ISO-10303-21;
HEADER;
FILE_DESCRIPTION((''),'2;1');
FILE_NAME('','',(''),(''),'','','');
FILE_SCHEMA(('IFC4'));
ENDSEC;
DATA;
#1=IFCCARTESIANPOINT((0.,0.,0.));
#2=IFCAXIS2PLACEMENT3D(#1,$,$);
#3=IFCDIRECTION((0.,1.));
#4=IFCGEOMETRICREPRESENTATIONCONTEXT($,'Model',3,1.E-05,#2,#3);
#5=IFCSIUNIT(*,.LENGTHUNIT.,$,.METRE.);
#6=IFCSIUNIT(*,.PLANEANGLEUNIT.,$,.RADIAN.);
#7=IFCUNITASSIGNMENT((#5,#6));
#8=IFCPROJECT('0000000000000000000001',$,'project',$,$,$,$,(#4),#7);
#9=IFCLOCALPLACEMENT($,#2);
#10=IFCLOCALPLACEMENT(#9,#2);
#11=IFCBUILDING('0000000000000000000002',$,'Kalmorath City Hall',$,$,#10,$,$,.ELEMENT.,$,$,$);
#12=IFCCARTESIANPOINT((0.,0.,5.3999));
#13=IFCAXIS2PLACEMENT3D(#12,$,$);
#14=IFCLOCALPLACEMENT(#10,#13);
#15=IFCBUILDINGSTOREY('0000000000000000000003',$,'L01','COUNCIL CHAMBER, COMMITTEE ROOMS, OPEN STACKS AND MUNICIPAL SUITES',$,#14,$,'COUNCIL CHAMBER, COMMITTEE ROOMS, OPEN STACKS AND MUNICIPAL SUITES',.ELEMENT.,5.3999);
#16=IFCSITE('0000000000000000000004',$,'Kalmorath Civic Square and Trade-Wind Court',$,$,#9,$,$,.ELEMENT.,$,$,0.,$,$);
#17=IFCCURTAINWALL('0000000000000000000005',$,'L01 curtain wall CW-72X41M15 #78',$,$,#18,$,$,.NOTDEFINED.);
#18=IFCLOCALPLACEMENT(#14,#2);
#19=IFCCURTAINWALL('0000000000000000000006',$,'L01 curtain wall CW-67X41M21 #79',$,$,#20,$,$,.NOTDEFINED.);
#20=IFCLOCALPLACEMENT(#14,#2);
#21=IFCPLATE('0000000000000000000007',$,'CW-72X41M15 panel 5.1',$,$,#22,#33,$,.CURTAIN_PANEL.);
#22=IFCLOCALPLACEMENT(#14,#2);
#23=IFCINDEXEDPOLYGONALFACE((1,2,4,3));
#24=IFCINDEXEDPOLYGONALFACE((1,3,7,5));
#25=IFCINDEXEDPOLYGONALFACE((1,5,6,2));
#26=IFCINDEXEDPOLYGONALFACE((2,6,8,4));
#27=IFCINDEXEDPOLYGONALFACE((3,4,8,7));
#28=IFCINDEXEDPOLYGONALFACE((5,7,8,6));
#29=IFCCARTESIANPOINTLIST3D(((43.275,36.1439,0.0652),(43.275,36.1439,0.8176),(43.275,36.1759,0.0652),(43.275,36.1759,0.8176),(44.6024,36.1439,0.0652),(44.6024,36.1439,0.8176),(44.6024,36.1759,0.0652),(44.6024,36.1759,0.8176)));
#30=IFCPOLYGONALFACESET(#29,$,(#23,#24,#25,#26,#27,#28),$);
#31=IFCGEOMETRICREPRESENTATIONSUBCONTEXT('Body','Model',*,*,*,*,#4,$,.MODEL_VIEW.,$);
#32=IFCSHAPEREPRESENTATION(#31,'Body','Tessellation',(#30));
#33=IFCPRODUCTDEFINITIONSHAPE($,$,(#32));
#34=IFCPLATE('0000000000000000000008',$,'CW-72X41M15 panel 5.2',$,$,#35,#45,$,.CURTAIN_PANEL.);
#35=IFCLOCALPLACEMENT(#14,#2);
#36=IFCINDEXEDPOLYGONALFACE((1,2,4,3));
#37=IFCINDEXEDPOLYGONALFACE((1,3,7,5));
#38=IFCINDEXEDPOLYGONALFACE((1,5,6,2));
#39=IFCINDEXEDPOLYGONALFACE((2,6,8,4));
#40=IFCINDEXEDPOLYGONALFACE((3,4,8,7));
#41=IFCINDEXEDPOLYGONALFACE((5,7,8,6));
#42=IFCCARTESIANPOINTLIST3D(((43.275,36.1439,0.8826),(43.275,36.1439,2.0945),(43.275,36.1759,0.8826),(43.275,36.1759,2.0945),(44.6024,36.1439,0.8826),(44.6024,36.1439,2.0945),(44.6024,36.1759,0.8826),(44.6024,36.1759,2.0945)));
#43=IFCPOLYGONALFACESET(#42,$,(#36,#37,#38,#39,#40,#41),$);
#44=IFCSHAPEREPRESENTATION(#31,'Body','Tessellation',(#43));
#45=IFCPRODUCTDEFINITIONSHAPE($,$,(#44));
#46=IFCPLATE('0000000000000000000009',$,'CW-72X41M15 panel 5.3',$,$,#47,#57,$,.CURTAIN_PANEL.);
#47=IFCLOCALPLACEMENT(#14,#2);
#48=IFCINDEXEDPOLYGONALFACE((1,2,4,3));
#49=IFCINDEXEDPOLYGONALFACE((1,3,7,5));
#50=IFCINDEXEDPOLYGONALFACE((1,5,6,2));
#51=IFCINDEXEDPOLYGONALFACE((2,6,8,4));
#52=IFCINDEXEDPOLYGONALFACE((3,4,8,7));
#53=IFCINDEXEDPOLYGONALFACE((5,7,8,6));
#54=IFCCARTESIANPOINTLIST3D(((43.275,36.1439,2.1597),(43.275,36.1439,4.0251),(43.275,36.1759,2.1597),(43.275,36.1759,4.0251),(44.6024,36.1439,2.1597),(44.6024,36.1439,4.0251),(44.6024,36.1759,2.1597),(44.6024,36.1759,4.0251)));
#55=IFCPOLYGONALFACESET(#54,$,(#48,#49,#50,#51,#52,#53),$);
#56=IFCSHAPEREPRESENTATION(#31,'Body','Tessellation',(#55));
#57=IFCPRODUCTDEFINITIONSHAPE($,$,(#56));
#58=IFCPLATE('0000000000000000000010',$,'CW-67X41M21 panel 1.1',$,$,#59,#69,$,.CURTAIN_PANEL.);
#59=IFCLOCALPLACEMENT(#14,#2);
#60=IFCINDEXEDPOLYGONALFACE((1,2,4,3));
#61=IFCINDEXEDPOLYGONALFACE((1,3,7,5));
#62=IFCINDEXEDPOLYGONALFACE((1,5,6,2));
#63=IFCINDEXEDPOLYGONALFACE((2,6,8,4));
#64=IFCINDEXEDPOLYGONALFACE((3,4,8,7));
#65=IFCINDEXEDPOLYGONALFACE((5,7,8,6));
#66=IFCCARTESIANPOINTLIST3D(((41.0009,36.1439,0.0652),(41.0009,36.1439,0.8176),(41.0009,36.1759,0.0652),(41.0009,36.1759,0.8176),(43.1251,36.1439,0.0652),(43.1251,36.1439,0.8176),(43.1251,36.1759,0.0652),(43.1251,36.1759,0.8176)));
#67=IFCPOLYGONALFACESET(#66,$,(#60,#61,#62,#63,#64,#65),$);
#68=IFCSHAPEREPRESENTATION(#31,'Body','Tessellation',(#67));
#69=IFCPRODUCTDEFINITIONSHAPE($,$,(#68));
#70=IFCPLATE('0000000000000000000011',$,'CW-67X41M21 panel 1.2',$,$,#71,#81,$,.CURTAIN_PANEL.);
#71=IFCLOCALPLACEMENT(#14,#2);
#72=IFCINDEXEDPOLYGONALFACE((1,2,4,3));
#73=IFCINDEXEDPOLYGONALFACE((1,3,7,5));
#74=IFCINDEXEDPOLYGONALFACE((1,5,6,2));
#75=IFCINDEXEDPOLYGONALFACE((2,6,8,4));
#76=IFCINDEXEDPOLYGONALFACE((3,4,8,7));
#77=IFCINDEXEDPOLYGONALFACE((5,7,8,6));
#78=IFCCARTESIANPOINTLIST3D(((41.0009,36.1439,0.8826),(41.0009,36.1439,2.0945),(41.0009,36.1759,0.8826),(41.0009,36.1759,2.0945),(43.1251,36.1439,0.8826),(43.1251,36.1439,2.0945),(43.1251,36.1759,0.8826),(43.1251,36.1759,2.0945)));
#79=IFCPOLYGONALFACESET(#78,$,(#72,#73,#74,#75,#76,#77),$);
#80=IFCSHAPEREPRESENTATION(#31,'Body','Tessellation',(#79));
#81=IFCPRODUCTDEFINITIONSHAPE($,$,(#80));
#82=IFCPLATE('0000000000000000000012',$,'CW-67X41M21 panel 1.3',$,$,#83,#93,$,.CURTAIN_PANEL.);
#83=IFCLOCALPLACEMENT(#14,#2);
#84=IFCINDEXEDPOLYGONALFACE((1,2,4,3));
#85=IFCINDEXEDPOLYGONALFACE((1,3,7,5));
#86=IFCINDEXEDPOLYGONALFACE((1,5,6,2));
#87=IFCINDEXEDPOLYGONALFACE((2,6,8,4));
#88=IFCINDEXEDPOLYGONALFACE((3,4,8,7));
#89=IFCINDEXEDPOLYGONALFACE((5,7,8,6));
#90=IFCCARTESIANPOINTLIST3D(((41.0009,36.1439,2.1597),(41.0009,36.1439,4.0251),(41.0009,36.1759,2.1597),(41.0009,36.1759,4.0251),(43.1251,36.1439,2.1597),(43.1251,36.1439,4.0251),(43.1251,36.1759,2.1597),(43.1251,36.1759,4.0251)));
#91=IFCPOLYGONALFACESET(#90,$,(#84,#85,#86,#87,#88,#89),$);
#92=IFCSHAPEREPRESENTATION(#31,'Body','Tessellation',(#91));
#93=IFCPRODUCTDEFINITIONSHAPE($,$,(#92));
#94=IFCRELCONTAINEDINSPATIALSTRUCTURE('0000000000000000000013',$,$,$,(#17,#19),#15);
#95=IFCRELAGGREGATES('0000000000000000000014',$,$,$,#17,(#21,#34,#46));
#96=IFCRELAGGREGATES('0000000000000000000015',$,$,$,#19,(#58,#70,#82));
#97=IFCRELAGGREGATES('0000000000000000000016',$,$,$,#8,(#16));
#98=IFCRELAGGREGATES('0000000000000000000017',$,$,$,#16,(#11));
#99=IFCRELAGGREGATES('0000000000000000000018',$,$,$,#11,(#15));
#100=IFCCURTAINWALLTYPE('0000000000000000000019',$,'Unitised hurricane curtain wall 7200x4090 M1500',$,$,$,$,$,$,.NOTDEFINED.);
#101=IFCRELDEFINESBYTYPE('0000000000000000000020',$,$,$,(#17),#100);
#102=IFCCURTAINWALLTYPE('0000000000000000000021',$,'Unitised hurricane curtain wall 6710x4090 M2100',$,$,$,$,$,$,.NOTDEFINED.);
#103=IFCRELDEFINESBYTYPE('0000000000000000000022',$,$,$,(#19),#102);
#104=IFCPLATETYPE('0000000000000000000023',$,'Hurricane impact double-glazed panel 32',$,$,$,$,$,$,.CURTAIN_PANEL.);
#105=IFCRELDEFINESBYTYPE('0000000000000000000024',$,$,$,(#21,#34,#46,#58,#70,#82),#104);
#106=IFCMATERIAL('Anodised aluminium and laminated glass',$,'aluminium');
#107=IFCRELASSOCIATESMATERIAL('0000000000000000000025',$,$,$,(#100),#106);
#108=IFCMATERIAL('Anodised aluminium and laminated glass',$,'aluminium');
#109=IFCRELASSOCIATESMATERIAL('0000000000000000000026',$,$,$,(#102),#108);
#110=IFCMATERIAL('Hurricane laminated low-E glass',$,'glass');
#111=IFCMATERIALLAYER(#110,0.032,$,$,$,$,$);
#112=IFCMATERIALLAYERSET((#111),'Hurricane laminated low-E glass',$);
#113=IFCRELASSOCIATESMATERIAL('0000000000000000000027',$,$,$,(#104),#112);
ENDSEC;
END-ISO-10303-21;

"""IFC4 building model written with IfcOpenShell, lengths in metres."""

from ifc_helpers import new_model, si_unit, direction, frame, origin, origin_2d, place, context, subcontext, project, spatial, rectangle, extrude, material, layer, layer_set, type_object, element, aggregate, save


model = new_model("IFC4")

# Units and contexts
model_context = context("Model", 3, precision=1e-05, world=origin(), true_north=direction((0.0, 1.0)))
body_context = subcontext(model_context, "Body", "Model", "MODEL_VIEW")
ifc_project = project(units=[si_unit("LENGTHUNIT", "METRE"), si_unit("PLANEANGLEUNIT", "RADIAN")], contexts=[model_context])

# Site, building, storey
site_placement = place(None, origin())
site = spatial("IfcSite", under=ifc_project, at=site_placement, Name="Kalmorath Civic Square and Trade-Wind Court", CompositionType="ELEMENT", RefElevation=0.0)
building_placement = place(site_placement, origin())
building = spatial("IfcBuilding", under=site, at=building_placement, Name="Kalmorath City Hall", CompositionType="ELEMENT")
storey_placement = place(building_placement, frame((0.0, 0.0, 5.3999)))
storey = spatial("IfcBuildingStorey", under=building, at=storey_placement, Name="L01", Description="COUNCIL CHAMBER, COMMITTEE ROOMS, OPEN STACKS AND MUNICIPAL SUITES", LongName="COUNCIL CHAMBER, COMMITTEE ROOMS, OPEN STACKS AND MUNICIPAL SUITES", CompositionType="ELEMENT", Elevation=5.3999)

# Curtain wall
ifc_material_1 = material(Name="Anodised aluminium and laminated glass", Category="aluminium")
curtain_wall_type_1 = type_object("IfcCurtainWallType", Name="Unitised hurricane curtain wall 7200x4090 M1500", PredefinedType="NOTDEFINED", material=ifc_material_1)
curtain_wall_1_placement = place(storey_placement, origin())
curtain_wall_1 = element("IfcCurtainWall", 1, at=curtain_wall_1_placement, inside=storey, type_object=curtain_wall_type_1, Name="L01 curtain wall CW-72X41M15 #78", PredefinedType="NOTDEFINED")

# Curtain wall
ifc_material_2 = material(Name="Anodised aluminium and laminated glass", Category="aluminium")
curtain_wall_type_2 = type_object("IfcCurtainWallType", Name="Unitised hurricane curtain wall 6710x4090 M2100", PredefinedType="NOTDEFINED", material=ifc_material_2)
curtain_wall_2_placement = place(storey_placement, origin())
curtain_wall_2 = element("IfcCurtainWall", 2, at=curtain_wall_2_placement, inside=storey, type_object=curtain_wall_type_2, Name="L01 curtain wall CW-67X41M21 #79", PredefinedType="NOTDEFINED")

# Plates
ifc_material_3 = material(Name="Hurricane laminated low-E glass", Category="glass")
ifc_layer = layer(ifc_material_3, 0.032)
ifc_layer_set = layer_set([ifc_layer], Name="Hurricane laminated low-E glass")
plate_type = type_object("IfcPlateType", Name="Hurricane impact double-glazed panel 32", PredefinedType="CURTAIN_PANEL", material=ifc_layer_set)
plate_1_placement = place(storey_placement, frame((43.9387, 36.1599, 0.0652), z_axis=(0.0, 0.0, 1.0), x_axis=(-1.0, 0.0, 0.0)))
plate_1 = element("IfcPlate", 3, at=plate_1_placement, type_object=plate_type, Name="CW-72X41M15 panel 5.1", PredefinedType="CURTAIN_PANEL", context=body_context, shape_type="SweptSolid", body=[
    extrude(rectangle(XDim=1.3274, YDim=0.032, at=origin_2d()), origin(), (0.0, 0.0, 1.0), 0.7524),
])
plate_2_placement = place(storey_placement, frame((43.9387, 36.1599, 0.8826), z_axis=(0.0, 0.0, 1.0), x_axis=(-1.0, 0.0, 0.0)))
plate_2 = element("IfcPlate", 4, at=plate_2_placement, type_object=plate_type, Name="CW-72X41M15 panel 5.2", PredefinedType="CURTAIN_PANEL", context=body_context, shape_type="SweptSolid", body=[
    extrude(rectangle(XDim=1.3274, YDim=0.032, at=origin_2d()), origin(), (0.0, 0.0, 1.0), 1.2119),
])
plate_3_placement = place(storey_placement, frame((43.9387, 36.1599, 2.1597), z_axis=(0.0, 0.0, 1.0), x_axis=(-1.0, 0.0, 0.0)))
plate_3 = element("IfcPlate", 5, at=plate_3_placement, type_object=plate_type, Name="CW-72X41M15 panel 5.3", PredefinedType="CURTAIN_PANEL", context=body_context, shape_type="SweptSolid", body=[
    extrude(rectangle(XDim=1.3274, YDim=0.032, at=origin_2d()), origin(), (0.0, 0.0, 1.0), 1.8655),
])
aggregate(curtain_wall_1, [plate_1, plate_2, plate_3])
plate_4_placement = place(storey_placement, frame((42.063, 36.1599, 0.0652), z_axis=(0.0, 0.0, 1.0), x_axis=(-1.0, 0.0, 0.0)))
plate_4 = element("IfcPlate", 6, at=plate_4_placement, type_object=plate_type, Name="CW-67X41M21 panel 1.1", PredefinedType="CURTAIN_PANEL", context=body_context, shape_type="SweptSolid", body=[
    extrude(rectangle(XDim=2.1243, YDim=0.032, at=origin_2d()), origin(), (0.0, 0.0, 1.0), 0.7524),
])
plate_5_placement = place(storey_placement, frame((42.063, 36.1599, 0.8826), z_axis=(0.0, 0.0, 1.0), x_axis=(-1.0, 0.0, 0.0)))
plate_5 = element("IfcPlate", 7, at=plate_5_placement, type_object=plate_type, Name="CW-67X41M21 panel 1.2", PredefinedType="CURTAIN_PANEL", context=body_context, shape_type="SweptSolid", body=[
    extrude(rectangle(XDim=2.1243, YDim=0.032, at=origin_2d()), origin(), (0.0, 0.0, 1.0), 1.2119),
])
plate_6_placement = place(storey_placement, frame((42.063, 36.1599, 2.1597), z_axis=(0.0, 0.0, 1.0), x_axis=(-1.0, 0.0, 0.0)))
plate_6 = element("IfcPlate", 8, at=plate_6_placement, type_object=plate_type, Name="CW-67X41M21 panel 1.3", PredefinedType="CURTAIN_PANEL", context=body_context, shape_type="SweptSolid", body=[
    extrude(rectangle(XDim=2.1243, YDim=0.032, at=origin_2d()), origin(), (0.0, 0.0, 1.0), 1.8655),
])
aggregate(curtain_wall_2, [plate_4, plate_5, plate_6])

save(model, "model.ifc")
